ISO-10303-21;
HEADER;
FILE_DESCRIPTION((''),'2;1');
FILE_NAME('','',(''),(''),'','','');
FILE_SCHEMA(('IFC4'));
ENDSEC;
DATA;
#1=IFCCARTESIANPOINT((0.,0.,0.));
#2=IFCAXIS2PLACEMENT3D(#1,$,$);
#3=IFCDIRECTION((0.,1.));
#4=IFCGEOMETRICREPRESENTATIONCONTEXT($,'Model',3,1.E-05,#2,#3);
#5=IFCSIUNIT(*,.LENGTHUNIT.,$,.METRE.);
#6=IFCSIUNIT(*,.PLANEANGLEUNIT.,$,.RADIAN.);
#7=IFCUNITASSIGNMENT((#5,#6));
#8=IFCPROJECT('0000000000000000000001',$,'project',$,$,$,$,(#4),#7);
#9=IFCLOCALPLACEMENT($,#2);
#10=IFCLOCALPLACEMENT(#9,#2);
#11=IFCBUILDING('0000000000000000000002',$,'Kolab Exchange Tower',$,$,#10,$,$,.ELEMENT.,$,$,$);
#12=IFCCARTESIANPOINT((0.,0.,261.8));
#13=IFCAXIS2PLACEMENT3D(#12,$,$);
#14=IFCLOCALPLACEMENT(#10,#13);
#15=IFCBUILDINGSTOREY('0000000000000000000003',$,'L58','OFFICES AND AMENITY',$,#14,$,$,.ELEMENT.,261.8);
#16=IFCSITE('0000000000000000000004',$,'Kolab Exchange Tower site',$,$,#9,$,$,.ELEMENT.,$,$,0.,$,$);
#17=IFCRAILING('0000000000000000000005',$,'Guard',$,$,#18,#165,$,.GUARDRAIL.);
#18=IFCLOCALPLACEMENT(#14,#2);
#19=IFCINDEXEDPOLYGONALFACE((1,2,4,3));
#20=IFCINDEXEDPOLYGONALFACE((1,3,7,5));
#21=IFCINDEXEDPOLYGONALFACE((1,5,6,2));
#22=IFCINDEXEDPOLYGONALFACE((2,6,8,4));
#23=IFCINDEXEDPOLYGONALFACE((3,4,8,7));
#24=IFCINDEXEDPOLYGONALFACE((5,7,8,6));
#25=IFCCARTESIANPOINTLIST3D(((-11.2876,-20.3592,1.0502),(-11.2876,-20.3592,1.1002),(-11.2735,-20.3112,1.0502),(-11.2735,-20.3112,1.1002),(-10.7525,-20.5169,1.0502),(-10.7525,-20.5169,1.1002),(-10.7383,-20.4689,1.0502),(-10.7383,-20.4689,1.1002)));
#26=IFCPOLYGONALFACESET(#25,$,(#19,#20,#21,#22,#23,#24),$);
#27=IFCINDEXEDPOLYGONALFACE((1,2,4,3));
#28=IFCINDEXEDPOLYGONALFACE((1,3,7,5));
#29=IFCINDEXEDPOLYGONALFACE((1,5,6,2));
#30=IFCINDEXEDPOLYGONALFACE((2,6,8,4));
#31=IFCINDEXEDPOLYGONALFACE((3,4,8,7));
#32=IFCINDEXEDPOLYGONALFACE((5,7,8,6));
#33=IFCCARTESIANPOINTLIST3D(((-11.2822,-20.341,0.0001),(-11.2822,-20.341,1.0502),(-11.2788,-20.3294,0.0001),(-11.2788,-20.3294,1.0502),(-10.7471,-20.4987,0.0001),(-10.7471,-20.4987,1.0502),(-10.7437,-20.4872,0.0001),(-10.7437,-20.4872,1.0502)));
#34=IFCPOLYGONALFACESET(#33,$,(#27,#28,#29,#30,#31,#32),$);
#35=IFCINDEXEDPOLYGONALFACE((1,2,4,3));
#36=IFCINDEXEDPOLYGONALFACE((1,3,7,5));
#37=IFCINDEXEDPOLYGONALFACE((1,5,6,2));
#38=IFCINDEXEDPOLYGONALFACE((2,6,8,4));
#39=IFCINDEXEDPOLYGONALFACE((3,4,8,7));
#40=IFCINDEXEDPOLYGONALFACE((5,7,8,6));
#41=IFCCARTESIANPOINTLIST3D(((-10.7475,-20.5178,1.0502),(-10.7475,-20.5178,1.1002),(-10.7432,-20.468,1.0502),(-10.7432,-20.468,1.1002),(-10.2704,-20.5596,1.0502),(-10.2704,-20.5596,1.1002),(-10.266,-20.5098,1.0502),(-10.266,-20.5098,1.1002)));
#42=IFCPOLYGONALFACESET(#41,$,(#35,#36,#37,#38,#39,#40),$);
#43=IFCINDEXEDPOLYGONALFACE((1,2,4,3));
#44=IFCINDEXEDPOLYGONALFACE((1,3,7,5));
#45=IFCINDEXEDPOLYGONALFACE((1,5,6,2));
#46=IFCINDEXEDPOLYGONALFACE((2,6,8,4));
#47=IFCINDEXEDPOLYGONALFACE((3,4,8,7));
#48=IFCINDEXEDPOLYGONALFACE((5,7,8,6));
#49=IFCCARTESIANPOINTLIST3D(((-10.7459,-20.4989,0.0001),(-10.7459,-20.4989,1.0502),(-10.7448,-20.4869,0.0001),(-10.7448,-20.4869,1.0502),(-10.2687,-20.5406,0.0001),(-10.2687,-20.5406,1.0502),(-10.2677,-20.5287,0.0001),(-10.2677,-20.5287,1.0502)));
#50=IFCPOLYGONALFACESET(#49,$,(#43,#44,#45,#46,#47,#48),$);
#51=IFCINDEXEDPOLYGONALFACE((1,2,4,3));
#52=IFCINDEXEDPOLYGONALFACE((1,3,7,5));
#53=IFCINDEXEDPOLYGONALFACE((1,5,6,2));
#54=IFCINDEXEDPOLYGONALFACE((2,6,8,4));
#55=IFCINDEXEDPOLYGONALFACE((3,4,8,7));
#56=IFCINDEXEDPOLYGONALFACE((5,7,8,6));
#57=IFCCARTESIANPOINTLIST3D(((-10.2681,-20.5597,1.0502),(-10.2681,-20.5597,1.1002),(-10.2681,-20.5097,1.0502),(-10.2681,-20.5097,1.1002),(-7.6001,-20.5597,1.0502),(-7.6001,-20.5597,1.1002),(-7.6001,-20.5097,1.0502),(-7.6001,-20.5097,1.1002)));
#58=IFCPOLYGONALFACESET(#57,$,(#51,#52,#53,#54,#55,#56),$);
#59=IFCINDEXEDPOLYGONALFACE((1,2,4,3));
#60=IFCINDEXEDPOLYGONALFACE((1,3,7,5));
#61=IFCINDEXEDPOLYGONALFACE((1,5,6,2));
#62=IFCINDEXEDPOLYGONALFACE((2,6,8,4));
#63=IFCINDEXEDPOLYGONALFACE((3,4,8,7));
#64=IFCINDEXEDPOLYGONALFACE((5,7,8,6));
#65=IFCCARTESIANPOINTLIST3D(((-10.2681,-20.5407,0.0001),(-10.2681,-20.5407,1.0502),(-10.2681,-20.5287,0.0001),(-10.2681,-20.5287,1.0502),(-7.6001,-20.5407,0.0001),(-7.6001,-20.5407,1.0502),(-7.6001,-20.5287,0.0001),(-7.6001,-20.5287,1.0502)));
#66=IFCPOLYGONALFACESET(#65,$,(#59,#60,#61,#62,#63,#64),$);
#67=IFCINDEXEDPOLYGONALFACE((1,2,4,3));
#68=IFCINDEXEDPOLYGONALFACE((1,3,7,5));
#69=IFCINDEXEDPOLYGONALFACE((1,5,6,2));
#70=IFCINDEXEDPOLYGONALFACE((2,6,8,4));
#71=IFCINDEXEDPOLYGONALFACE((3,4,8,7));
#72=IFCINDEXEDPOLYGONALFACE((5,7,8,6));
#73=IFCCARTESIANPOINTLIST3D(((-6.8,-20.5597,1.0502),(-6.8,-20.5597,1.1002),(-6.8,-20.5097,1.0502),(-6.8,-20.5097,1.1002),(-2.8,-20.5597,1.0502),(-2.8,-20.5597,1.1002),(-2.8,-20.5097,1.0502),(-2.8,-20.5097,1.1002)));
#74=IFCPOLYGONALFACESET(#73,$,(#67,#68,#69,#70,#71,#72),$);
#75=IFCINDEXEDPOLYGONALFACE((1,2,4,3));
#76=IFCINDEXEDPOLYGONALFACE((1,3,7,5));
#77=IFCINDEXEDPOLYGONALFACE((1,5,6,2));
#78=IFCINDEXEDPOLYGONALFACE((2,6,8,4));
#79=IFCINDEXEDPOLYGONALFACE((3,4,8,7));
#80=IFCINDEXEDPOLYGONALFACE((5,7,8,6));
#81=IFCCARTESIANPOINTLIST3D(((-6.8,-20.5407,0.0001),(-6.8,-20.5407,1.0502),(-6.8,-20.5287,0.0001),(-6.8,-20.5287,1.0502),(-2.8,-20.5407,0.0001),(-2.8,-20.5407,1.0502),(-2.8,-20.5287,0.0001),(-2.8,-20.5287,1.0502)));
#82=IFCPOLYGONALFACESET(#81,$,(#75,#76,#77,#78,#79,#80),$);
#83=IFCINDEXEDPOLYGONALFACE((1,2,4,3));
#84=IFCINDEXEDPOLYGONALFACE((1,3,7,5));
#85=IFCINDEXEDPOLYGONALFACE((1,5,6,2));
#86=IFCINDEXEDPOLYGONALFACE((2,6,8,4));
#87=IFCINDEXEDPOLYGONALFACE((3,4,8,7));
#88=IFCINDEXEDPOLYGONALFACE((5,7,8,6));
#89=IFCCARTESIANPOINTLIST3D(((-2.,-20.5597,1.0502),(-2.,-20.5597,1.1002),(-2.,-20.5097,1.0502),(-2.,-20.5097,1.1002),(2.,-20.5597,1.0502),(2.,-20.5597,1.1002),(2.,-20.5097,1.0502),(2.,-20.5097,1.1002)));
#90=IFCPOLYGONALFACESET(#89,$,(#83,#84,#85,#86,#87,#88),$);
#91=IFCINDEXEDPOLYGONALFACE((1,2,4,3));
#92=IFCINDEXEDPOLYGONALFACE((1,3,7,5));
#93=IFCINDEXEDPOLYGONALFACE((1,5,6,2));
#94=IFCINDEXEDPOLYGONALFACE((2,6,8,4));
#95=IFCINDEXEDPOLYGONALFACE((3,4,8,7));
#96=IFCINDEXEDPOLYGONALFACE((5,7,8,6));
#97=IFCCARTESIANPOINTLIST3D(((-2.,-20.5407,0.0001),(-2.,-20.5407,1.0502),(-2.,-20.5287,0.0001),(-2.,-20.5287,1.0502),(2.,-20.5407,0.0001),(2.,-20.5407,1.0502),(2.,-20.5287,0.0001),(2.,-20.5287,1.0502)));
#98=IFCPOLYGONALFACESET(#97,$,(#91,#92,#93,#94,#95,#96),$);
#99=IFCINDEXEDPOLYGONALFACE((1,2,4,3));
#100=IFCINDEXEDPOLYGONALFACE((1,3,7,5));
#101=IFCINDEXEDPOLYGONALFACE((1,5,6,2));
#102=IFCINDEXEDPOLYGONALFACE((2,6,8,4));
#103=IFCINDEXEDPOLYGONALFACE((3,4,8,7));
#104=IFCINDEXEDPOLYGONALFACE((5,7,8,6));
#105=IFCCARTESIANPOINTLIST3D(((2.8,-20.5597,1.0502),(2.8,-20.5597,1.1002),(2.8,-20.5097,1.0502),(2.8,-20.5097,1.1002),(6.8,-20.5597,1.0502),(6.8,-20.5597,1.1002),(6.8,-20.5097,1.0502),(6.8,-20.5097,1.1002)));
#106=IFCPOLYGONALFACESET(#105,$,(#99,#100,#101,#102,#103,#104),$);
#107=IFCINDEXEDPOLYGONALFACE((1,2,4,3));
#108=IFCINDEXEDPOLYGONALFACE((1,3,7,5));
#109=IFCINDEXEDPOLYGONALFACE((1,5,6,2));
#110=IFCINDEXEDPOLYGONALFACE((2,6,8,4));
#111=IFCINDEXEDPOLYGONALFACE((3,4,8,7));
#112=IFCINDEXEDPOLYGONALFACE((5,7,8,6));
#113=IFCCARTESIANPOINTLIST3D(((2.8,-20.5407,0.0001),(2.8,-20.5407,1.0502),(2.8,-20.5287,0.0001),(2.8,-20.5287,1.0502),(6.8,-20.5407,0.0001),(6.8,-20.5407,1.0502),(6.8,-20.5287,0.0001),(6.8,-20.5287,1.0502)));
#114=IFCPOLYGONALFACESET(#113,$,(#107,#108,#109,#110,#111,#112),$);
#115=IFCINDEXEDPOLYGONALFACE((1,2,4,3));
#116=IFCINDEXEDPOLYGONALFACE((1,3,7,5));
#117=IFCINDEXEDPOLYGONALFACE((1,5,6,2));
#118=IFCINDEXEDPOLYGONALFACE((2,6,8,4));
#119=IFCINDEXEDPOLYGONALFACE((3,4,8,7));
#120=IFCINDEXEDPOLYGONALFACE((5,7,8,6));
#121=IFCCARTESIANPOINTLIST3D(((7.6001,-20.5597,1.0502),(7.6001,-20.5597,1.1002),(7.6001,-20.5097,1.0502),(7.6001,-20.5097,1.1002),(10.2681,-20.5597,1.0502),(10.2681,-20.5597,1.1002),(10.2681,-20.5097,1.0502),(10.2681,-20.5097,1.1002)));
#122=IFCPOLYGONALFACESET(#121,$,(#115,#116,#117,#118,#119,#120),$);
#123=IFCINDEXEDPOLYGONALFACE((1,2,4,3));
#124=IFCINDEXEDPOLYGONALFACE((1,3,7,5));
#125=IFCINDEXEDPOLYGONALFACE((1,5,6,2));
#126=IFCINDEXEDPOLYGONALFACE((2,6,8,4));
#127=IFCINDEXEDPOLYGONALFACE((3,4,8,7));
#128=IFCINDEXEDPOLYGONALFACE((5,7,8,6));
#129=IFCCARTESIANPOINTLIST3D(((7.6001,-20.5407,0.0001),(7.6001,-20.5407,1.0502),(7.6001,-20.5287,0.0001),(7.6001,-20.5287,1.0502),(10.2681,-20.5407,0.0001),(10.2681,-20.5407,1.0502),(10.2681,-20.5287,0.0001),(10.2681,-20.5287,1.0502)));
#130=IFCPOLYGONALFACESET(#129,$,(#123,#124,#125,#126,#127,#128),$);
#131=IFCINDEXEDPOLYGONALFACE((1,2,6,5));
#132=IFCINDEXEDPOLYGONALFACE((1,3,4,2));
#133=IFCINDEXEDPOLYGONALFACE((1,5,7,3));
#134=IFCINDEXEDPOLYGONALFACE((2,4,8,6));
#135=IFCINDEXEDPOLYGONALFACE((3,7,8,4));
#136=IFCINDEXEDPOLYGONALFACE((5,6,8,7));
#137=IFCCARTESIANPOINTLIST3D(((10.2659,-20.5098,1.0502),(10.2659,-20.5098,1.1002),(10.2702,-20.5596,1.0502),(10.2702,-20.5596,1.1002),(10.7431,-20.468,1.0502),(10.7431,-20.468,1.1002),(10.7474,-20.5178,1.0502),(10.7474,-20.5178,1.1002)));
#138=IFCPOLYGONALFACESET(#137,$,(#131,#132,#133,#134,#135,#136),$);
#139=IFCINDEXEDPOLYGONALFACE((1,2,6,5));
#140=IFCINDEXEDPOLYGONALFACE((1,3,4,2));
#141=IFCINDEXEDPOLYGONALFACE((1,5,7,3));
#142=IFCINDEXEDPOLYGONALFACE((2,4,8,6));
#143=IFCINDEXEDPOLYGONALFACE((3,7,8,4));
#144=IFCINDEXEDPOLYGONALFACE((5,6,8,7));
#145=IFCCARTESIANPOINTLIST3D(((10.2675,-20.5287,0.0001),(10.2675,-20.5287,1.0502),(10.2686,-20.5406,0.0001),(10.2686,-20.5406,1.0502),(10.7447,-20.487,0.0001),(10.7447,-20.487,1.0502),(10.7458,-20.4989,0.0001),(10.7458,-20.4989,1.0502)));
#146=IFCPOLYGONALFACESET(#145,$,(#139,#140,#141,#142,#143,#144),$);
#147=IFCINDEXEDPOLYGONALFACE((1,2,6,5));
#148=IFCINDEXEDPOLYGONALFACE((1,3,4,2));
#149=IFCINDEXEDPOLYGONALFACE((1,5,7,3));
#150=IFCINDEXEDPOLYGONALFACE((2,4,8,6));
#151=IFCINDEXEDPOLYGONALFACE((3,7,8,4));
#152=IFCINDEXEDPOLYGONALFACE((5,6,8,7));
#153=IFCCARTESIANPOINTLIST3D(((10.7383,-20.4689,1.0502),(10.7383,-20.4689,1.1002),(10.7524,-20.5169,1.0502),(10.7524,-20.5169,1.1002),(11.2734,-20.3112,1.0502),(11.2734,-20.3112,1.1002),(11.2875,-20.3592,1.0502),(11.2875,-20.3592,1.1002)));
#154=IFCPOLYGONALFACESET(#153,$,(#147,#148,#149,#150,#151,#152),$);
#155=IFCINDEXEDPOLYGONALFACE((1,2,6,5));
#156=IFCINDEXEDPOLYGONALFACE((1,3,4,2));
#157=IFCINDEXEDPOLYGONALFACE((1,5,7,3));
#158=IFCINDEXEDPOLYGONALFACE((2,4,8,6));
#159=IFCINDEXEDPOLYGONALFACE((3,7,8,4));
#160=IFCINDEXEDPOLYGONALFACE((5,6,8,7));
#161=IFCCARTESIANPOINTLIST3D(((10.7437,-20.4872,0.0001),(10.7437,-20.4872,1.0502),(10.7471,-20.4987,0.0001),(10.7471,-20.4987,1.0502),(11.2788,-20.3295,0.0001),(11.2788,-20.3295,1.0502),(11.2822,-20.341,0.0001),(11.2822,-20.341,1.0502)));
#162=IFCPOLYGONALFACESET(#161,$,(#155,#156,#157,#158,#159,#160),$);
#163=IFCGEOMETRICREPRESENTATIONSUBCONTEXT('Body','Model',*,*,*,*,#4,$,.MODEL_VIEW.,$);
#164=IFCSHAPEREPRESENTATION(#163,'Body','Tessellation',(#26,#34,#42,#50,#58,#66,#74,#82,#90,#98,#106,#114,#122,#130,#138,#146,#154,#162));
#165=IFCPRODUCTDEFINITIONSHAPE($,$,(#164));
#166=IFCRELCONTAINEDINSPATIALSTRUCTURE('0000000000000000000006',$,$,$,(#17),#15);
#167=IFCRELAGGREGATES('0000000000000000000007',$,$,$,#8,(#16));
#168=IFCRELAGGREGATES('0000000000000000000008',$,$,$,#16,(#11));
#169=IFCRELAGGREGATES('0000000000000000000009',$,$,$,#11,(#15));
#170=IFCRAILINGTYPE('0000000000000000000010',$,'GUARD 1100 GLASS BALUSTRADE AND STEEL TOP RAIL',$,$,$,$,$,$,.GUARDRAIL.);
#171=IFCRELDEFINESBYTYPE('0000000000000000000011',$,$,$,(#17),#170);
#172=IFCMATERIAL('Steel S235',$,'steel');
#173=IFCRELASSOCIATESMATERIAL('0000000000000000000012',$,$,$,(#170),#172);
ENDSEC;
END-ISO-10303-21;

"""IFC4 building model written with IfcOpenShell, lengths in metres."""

from ifc_helpers import new_model, si_unit, direction, frame, frame_2d, origin, origin_2d, place, context, subcontext, project, spatial, rectangle, extrude, material, type_object, element, save


model = new_model("IFC4")

# Units and contexts
model_context = context("Model", 3, precision=1e-05, world=origin(), true_north=direction((0.0, 1.0)))
body_context = subcontext(model_context, "Body", "Model", "MODEL_VIEW")
ifc_project = project(units=[si_unit("LENGTHUNIT", "METRE"), si_unit("PLANEANGLEUNIT", "RADIAN")], contexts=[model_context])

# Site, building, storey
site_placement = place(None, origin())
site = spatial("IfcSite", under=ifc_project, at=site_placement, Name="Kolab Exchange Tower site", CompositionType="ELEMENT", RefElevation=0.0)
building_placement = place(site_placement, origin())
building = spatial("IfcBuilding", under=site, at=building_placement, Name="Kolab Exchange Tower", CompositionType="ELEMENT")
storey_placement = place(building_placement, frame((0.0, 0.0, 261.8)))
storey = spatial("IfcBuildingStorey", under=building, at=storey_placement, Name="L58", Description="OFFICES AND AMENITY", CompositionType="ELEMENT", Elevation=261.8)

# Shared definitions
ifc_material_1 = material(Name="Steel S235", Category="steel")

# Railing
railing_type = type_object("IfcRailingType", Name="GUARD 1100 GLASS BALUSTRADE AND STEEL TOP RAIL", PredefinedType="GUARDRAIL", material=ifc_material_1)
railing_placement = place(storey_placement, frame((-11.2805, -20.3352, 0.0)))
element("IfcRailing", 1, at=railing_placement, inside=storey, type_object=railing_type, Name="Guard", PredefinedType="GUARDRAIL", context=body_context, shape_type="SweptSolid", body=[
    extrude(rectangle(XDim=0.05, YDim=0.05, at=origin_2d()), frame((0.0, 0.0, 1.0752), z_axis=(0.959212, -0.282687, 0.0), x_axis=(0.282687, 0.959212, 0.0)), (0.0, 0.0, 1.0), 0.5579),
    extrude(rectangle(XDim=0.012, YDim=1.0501, at=frame_2d((0.0, 0.5251))), frame((0.0, 0.0, 0.0), z_axis=(0.959212, -0.282687, 0.0), x_axis=(0.282687, 0.959212, 0.0)), (0.0, 0.0, 1.0), 0.5579),
    extrude(rectangle(XDim=0.05, YDim=0.05, at=origin_2d()), frame((0.5352, -0.1577, 1.0752), z_axis=(0.996196, -0.087135, 0.0), x_axis=(0.087135, 0.996196, 0.0)), (0.0, 0.0, 1.0), 0.479),
    extrude(rectangle(XDim=0.012, YDim=1.0501, at=frame_2d((0.0, 0.5251))), frame((0.5352, -0.1577, 0.0), z_axis=(0.996196, -0.087135, 0.0), x_axis=(0.087135, 0.996196, 0.0)), (0.0, 0.0, 1.0), 0.479),
    extrude(rectangle(XDim=0.05, YDim=0.05, at=origin_2d()), frame((1.0125, -0.1995, 1.0752), z_axis=(1.0, 0.0, 0.0), x_axis=(0.0, 1.0, 0.0)), (0.0, 0.0, 1.0), 2.668),
    extrude(rectangle(XDim=0.012, YDim=1.0501, at=frame_2d((0.0, 0.5251))), frame((1.0125, -0.1995, 0.0), z_axis=(1.0, 0.0, 0.0), x_axis=(0.0, 1.0, 0.0)), (0.0, 0.0, 1.0), 2.668),
    extrude(rectangle(XDim=0.05, YDim=0.05, at=origin_2d()), frame((4.4805, -0.1995, 1.0752), z_axis=(1.0, 0.0, 0.0), x_axis=(0.0, 1.0, 0.0)), (0.0, 0.0, 1.0), 4.0),
    extrude(rectangle(XDim=0.012, YDim=1.0501, at=frame_2d((0.0, 0.5251))), frame((4.4805, -0.1995, 0.0), z_axis=(1.0, 0.0, 0.0), x_axis=(0.0, 1.0, 0.0)), (0.0, 0.0, 1.0), 4.0),
    extrude(rectangle(XDim=0.05, YDim=0.05, at=origin_2d()), frame((9.2805, -0.1995, 1.0752), z_axis=(1.0, 0.0, 0.0), x_axis=(0.0, 1.0, 0.0)), (0.0, 0.0, 1.0), 4.0),
    extrude(rectangle(XDim=0.012, YDim=1.0501, at=frame_2d((0.0, 0.5251))), frame((9.2805, -0.1995, 0.0), z_axis=(1.0, 0.0, 0.0), x_axis=(0.0, 1.0, 0.0)), (0.0, 0.0, 1.0), 4.0),
    extrude(rectangle(XDim=0.05, YDim=0.05, at=origin_2d()), frame((14.0806, -0.1995, 1.0752), z_axis=(1.0, 0.0, 0.0), x_axis=(0.0, 1.0, 0.0)), (0.0, 0.0, 1.0), 4.0),
    extrude(rectangle(XDim=0.012, YDim=1.0501, at=frame_2d((0.0, 0.5251))), frame((14.0806, -0.1995, 0.0), z_axis=(1.0, 0.0, 0.0), x_axis=(0.0, 1.0, 0.0)), (0.0, 0.0, 1.0), 4.0),
    extrude(rectangle(XDim=0.05, YDim=0.05, at=origin_2d()), frame((18.8806, -0.1995, 1.0752), z_axis=(1.0, 0.0, 0.0), x_axis=(0.0, 1.0, 0.0)), (0.0, 0.0, 1.0), 2.668),
    extrude(rectangle(XDim=0.012, YDim=1.0501, at=frame_2d((0.0, 0.5251))), frame((18.8806, -0.1995, 0.0), z_axis=(1.0, 0.0, 0.0), x_axis=(0.0, 1.0, 0.0)), (0.0, 0.0, 1.0), 2.668),
    extrude(rectangle(XDim=0.05, YDim=0.05, at=origin_2d()), frame((21.5486, -0.1995, 1.0752), z_axis=(0.996196, 0.087135, 0.0), x_axis=(-0.087135, 0.996196, 0.0)), (0.0, 0.0, 1.0), 0.479),
    extrude(rectangle(XDim=0.012, YDim=1.0501, at=frame_2d((0.0, 0.5251))), frame((21.5486, -0.1995, 0.0), z_axis=(0.996196, 0.087135, 0.0), x_axis=(-0.087135, 0.996196, 0.0)), (0.0, 0.0, 1.0), 0.479),
    extrude(rectangle(XDim=0.05, YDim=0.05, at=origin_2d()), frame((22.0259, -0.1577, 1.0752), z_axis=(0.959212, 0.282687, 0.0), x_axis=(-0.282687, 0.959212, 0.0)), (0.0, 0.0, 1.0), 0.5579),
    extrude(rectangle(XDim=0.012, YDim=1.0501, at=frame_2d((0.0, 0.5251))), frame((22.0259, -0.1577, 0.0), z_axis=(0.959212, 0.282687, 0.0), x_axis=(-0.282687, 0.959212, 0.0)), (0.0, 0.0, 1.0), 0.5579),
])

save(model, "model.ifc")
